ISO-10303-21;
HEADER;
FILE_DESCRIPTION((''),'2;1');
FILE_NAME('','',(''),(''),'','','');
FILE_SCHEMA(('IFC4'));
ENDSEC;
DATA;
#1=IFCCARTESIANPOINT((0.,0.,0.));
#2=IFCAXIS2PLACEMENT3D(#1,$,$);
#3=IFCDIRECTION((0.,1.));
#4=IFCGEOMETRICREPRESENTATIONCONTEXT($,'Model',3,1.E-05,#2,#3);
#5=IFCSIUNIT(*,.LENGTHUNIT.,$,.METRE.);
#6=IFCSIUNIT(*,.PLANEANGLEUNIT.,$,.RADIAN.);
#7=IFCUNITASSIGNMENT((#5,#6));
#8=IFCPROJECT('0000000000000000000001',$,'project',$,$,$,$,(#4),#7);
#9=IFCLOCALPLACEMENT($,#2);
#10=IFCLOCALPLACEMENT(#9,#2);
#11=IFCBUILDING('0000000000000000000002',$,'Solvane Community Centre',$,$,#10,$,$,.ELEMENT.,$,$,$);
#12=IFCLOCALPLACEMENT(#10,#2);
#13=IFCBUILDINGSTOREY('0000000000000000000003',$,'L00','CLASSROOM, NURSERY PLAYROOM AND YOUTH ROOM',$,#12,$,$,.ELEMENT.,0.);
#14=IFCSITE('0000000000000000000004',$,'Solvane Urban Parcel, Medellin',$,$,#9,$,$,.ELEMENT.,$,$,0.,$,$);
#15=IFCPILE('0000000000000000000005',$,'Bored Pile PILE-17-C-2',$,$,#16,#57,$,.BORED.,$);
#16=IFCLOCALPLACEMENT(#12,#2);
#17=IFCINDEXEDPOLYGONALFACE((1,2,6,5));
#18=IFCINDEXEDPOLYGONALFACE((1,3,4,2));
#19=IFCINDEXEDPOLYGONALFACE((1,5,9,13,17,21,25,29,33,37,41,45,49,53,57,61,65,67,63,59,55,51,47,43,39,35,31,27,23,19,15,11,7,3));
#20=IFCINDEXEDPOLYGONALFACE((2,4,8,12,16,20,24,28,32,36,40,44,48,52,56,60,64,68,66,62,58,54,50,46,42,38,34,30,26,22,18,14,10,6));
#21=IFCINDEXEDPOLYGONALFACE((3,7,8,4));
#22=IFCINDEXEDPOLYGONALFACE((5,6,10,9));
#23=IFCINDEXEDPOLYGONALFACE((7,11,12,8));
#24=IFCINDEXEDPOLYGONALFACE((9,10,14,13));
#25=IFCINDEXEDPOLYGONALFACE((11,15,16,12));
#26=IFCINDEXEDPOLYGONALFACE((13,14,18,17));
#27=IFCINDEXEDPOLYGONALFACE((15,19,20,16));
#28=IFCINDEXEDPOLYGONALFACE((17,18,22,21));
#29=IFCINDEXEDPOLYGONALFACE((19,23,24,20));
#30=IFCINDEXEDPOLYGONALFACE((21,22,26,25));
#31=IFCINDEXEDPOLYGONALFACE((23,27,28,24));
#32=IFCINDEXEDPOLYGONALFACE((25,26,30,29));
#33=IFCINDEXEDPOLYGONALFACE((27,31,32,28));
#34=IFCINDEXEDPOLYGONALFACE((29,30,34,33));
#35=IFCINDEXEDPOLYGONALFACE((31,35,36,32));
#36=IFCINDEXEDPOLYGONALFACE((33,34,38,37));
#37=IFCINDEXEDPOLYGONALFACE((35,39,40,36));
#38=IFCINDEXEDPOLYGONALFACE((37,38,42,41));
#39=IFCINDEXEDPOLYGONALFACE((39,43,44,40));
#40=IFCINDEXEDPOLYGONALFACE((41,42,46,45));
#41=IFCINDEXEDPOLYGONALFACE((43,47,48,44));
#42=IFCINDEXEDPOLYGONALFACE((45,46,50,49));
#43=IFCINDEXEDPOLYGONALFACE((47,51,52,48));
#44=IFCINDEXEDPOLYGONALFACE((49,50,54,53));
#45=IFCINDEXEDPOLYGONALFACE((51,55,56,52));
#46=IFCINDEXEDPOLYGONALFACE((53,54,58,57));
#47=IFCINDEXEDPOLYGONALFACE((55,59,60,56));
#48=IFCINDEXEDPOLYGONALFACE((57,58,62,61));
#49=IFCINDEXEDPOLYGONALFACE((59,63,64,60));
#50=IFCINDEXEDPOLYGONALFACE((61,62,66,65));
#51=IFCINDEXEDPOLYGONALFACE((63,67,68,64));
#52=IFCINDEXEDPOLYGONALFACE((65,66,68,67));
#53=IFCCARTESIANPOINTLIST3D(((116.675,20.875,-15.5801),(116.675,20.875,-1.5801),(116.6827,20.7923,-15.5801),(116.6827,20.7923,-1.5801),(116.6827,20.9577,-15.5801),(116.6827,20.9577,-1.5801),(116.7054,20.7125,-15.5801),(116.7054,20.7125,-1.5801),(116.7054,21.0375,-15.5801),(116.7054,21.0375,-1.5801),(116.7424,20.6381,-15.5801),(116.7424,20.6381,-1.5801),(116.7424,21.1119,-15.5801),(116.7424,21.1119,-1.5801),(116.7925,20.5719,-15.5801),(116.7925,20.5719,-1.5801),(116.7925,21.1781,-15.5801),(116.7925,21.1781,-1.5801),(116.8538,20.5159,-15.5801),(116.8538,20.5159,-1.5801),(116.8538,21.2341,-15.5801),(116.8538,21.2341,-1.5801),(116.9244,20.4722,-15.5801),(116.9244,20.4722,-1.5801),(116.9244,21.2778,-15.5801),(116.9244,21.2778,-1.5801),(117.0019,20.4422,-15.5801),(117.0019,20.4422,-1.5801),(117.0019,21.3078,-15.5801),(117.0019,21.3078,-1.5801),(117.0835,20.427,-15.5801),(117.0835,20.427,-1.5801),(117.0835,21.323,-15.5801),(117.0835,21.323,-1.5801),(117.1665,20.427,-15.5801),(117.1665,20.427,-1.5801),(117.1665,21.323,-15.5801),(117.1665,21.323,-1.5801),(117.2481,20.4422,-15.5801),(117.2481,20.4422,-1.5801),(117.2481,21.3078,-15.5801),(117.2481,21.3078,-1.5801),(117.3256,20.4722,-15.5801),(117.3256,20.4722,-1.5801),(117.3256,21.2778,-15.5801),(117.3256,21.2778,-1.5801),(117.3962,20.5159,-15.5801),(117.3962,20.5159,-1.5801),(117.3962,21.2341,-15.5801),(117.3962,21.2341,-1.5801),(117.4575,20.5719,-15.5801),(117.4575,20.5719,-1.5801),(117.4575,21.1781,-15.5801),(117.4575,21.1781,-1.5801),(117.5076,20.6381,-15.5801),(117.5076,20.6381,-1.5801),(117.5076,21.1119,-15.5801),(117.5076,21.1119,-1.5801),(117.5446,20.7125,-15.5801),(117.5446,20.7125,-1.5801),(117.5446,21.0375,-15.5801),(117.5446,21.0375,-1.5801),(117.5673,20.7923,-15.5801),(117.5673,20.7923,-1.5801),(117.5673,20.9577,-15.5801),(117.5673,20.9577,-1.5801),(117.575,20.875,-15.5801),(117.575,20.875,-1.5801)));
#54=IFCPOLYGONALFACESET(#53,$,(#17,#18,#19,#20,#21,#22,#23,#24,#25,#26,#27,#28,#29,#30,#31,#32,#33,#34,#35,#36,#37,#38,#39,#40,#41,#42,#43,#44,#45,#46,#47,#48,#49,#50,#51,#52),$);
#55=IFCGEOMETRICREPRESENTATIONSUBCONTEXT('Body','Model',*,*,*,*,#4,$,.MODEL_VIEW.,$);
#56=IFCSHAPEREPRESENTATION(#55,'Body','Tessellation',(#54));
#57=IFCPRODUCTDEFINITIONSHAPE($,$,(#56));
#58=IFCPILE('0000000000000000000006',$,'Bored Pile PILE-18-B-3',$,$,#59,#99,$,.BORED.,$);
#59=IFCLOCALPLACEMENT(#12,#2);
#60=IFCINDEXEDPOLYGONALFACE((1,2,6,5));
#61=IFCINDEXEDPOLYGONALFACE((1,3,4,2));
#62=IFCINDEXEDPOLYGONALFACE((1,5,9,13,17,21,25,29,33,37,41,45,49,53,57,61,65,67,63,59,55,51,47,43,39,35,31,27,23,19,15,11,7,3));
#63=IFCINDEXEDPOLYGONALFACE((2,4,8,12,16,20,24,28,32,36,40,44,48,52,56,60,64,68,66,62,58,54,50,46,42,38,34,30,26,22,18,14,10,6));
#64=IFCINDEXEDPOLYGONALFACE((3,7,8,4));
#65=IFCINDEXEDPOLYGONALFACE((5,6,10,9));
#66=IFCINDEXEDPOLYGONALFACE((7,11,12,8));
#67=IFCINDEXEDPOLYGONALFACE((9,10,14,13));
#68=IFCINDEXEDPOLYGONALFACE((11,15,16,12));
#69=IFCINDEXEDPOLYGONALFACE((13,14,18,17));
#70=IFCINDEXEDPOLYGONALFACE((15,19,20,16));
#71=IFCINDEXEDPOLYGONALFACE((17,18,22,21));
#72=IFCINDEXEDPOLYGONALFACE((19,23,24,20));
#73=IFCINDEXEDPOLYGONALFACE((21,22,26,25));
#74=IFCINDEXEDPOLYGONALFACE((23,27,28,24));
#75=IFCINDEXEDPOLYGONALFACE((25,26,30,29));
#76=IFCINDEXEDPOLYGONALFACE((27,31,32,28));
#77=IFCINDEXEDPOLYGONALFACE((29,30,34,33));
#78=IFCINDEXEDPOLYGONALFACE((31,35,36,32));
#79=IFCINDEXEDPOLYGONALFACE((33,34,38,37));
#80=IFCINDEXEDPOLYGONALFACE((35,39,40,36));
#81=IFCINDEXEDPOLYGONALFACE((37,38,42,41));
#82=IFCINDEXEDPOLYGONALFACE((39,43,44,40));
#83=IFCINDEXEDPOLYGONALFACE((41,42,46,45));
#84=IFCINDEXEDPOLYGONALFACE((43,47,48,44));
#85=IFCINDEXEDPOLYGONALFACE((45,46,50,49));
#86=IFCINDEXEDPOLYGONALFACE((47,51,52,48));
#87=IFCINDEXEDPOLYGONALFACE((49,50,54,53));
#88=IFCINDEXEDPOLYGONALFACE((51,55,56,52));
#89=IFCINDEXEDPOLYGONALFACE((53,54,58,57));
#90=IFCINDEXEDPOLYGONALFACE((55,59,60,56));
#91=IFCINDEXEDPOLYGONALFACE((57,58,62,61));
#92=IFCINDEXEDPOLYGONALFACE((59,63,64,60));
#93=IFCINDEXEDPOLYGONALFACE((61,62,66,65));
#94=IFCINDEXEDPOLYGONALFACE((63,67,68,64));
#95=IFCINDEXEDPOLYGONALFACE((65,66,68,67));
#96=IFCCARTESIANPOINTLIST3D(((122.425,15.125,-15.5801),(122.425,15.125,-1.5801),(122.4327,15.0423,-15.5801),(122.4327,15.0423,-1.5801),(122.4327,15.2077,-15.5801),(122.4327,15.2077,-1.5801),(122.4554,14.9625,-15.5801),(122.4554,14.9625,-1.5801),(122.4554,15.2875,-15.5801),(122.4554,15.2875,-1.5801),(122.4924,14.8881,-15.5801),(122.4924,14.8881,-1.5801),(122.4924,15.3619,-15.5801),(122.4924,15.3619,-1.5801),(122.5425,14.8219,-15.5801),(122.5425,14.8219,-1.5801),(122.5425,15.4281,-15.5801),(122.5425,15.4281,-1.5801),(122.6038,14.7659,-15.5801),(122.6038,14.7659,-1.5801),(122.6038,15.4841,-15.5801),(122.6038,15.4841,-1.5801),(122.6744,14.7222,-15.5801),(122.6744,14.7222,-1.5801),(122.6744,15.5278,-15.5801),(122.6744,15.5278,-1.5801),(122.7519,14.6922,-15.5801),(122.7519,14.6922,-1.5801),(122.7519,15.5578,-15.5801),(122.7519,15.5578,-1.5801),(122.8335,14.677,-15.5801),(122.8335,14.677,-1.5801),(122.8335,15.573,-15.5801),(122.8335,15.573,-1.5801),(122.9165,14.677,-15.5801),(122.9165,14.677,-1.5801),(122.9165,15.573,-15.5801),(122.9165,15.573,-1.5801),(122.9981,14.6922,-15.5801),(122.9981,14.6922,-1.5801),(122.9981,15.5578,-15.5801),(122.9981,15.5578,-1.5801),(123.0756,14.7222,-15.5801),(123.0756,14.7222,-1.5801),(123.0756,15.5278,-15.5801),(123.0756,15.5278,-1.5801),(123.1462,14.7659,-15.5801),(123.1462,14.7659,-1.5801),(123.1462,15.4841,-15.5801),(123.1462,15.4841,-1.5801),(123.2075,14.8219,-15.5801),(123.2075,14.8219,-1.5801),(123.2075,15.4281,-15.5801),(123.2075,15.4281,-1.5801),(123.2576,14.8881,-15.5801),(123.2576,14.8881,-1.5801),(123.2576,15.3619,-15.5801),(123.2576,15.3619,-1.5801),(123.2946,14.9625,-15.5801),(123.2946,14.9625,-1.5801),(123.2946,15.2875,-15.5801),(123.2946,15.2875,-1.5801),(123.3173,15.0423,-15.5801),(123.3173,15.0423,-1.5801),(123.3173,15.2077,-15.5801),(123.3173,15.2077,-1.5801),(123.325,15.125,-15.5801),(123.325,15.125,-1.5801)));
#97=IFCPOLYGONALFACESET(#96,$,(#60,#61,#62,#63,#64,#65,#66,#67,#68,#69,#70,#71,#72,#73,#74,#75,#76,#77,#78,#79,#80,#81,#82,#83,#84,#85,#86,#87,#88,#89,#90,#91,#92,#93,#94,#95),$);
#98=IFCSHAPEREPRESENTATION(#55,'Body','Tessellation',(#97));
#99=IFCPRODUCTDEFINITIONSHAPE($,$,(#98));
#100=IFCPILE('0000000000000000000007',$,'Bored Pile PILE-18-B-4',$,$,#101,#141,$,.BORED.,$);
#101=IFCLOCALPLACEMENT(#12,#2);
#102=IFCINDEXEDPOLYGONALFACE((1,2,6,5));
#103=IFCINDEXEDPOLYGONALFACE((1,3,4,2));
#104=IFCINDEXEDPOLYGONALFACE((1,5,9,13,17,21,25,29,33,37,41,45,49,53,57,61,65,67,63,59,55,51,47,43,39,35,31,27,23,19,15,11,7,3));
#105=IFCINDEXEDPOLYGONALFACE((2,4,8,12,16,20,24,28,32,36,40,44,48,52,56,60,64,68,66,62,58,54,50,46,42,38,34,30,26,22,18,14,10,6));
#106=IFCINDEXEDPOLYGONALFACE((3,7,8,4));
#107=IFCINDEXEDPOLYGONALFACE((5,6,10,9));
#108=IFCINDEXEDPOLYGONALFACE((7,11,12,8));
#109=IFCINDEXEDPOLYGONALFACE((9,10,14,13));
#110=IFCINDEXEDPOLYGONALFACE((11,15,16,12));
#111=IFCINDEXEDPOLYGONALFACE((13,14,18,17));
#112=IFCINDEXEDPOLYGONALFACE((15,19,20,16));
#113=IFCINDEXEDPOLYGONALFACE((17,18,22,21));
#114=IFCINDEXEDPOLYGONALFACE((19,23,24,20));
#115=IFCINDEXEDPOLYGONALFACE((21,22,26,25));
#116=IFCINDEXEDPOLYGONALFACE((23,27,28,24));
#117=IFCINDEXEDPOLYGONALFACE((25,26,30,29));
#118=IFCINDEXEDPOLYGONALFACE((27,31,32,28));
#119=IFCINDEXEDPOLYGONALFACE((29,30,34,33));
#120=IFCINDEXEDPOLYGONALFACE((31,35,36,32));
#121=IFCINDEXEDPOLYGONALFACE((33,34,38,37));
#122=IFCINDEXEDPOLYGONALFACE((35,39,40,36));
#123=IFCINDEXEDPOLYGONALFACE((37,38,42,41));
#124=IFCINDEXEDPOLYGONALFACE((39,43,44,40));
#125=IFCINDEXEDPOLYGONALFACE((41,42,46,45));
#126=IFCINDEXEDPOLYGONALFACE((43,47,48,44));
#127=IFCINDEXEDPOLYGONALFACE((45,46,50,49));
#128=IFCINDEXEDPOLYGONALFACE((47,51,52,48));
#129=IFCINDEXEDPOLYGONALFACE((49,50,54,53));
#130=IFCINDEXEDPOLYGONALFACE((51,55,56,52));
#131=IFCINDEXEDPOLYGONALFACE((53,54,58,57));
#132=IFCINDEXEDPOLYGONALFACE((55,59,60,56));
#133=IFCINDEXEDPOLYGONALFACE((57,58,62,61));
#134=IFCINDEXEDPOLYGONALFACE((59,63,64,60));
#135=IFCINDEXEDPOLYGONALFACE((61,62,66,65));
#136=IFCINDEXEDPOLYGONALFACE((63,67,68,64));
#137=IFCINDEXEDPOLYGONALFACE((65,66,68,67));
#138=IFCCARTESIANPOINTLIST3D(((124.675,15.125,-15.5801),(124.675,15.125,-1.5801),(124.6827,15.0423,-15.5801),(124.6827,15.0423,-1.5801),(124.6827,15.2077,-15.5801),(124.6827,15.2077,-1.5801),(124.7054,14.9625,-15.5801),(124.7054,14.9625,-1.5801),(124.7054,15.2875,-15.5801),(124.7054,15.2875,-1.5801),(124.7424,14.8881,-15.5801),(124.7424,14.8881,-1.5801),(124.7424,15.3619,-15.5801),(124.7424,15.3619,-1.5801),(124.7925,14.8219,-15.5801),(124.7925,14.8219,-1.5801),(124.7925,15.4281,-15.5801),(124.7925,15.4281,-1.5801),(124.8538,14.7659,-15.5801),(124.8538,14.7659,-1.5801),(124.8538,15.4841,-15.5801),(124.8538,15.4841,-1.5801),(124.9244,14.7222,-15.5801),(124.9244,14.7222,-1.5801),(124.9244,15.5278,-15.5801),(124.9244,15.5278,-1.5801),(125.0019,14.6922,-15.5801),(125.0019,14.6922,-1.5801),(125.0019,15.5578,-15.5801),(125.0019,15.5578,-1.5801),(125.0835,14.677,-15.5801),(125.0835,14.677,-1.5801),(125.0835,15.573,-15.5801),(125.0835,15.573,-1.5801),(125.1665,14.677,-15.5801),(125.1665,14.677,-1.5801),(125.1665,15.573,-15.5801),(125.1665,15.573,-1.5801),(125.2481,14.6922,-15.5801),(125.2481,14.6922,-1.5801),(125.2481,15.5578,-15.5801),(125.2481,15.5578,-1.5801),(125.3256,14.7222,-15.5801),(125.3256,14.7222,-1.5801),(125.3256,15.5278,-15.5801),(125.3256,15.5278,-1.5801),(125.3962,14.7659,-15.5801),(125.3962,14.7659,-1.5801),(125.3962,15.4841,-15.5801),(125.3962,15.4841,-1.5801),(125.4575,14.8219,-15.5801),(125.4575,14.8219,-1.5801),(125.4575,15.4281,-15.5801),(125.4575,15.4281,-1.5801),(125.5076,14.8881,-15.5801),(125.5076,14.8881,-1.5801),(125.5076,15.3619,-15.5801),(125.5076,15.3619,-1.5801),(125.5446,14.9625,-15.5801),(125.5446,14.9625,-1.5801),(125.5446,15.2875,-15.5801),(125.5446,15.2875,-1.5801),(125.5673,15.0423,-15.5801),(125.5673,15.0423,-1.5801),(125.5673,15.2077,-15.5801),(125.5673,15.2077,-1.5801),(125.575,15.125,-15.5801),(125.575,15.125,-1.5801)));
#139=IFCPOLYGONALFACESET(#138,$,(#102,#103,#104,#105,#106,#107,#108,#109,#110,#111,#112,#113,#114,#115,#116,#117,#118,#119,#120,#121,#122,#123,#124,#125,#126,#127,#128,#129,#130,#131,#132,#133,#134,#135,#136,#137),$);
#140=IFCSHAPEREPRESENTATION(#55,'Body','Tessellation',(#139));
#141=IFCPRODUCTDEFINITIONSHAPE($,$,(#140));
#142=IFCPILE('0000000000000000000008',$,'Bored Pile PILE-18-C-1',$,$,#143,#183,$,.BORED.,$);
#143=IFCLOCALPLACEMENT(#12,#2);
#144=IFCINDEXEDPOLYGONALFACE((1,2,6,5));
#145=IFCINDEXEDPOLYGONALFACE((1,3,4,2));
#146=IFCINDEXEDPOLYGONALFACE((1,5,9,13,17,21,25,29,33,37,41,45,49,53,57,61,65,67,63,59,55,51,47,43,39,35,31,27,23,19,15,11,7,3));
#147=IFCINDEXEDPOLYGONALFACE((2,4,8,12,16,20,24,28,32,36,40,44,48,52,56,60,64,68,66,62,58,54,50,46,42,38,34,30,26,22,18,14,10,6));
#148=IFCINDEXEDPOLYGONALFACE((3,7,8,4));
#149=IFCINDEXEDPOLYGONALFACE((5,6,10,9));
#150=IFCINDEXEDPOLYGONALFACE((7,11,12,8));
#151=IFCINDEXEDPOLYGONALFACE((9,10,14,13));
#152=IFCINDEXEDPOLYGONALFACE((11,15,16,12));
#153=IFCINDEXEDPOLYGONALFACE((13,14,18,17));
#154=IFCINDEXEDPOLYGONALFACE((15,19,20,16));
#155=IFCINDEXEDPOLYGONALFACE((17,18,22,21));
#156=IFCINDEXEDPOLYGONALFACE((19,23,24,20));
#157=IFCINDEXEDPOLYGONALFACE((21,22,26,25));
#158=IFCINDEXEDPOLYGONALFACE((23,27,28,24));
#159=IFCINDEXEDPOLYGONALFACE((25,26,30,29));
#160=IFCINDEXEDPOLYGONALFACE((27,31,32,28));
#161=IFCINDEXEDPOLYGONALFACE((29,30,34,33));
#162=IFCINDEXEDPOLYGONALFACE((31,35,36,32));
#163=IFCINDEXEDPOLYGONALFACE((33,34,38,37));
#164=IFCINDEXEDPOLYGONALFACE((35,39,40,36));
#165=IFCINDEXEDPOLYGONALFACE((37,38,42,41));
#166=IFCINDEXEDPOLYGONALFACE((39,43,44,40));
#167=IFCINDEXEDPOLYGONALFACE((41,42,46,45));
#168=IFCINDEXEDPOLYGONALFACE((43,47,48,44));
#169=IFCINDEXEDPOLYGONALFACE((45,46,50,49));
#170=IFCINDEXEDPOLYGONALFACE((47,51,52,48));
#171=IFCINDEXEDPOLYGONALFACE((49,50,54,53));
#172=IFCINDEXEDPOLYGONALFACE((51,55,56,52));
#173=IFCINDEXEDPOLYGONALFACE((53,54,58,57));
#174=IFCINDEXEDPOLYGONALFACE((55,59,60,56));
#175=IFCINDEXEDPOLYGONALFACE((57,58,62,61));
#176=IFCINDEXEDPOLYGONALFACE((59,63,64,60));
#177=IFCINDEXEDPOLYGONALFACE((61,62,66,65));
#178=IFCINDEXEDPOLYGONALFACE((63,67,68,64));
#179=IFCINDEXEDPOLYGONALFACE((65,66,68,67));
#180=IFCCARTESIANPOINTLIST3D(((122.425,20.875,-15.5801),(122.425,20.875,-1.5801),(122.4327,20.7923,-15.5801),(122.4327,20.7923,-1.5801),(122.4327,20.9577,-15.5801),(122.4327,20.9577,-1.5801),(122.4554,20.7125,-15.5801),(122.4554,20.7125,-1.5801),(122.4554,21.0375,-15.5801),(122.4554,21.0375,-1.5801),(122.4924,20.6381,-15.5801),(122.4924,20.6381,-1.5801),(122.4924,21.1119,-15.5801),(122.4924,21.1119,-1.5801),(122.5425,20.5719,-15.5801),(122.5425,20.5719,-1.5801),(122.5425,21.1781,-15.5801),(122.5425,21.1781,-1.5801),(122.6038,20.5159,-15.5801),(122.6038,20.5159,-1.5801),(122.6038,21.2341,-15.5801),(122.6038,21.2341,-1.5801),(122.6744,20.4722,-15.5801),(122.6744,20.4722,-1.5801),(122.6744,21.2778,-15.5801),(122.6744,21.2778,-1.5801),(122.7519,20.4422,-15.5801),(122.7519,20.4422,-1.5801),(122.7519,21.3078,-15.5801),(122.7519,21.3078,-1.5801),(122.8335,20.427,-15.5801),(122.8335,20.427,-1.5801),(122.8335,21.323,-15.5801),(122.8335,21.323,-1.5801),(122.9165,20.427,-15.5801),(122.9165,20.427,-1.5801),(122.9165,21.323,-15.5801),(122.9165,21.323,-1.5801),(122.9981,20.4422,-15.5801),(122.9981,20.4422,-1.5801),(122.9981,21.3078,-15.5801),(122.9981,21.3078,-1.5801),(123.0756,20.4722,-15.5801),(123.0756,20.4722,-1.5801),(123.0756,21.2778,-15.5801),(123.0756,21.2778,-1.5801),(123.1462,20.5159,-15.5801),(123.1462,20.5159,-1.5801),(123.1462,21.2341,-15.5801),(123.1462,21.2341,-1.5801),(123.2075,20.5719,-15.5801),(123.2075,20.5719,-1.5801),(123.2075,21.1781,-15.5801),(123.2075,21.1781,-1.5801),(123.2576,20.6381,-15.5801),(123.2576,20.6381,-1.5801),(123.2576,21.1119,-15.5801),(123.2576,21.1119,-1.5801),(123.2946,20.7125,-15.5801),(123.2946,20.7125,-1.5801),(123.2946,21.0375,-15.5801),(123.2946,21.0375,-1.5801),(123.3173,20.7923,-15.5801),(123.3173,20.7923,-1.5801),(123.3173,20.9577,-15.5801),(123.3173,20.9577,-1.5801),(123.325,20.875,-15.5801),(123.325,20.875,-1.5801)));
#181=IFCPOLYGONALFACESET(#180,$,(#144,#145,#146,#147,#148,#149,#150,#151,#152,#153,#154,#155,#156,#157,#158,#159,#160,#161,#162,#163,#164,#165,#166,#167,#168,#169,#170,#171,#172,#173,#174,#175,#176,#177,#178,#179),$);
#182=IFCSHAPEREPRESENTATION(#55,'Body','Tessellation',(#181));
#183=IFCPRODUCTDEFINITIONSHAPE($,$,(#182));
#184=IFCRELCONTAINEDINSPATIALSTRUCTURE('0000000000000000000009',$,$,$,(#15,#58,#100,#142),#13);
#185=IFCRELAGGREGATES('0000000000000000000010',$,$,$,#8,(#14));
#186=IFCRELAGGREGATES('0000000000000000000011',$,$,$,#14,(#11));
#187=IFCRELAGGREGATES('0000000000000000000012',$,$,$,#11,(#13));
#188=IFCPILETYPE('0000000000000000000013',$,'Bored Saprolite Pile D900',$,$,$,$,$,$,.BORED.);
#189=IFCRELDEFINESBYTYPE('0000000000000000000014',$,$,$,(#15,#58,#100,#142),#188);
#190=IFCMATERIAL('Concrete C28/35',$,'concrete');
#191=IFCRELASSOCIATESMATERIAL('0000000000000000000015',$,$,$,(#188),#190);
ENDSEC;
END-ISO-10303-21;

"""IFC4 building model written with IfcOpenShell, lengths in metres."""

from ifc_helpers import new_model, si_unit, direction, frame, origin, origin_2d, place, context, subcontext, project, spatial, circle, extrude, material, material_profile, profile_set, type_object, element, save


model = new_model("IFC4")

# Units and contexts
model_context = context("Model", 3, precision=1e-05, world=origin(), true_north=direction((0.0, 1.0)))
body_context = subcontext(model_context, "Body", "Model", "MODEL_VIEW")
ifc_project = project(units=[si_unit("LENGTHUNIT", "METRE"), si_unit("PLANEANGLEUNIT", "RADIAN")], contexts=[model_context])

# Site, building, storey
site_placement = place(None, origin())
site = spatial("IfcSite", under=ifc_project, at=site_placement, Name="Solvane Urban Parcel, Medellin", CompositionType="ELEMENT", RefElevation=0.0)
building_placement = place(site_placement, origin())
building = spatial("IfcBuilding", under=site, at=building_placement, Name="Solvane Community Centre", CompositionType="ELEMENT")
storey_placement = place(building_placement, origin())
storey = spatial("IfcBuildingStorey", under=building, at=storey_placement, Name="L00", Description="CLASSROOM, NURSERY PLAYROOM AND YOUTH ROOM", CompositionType="ELEMENT", Elevation=0.0)

# Piles
ifc_material_1 = material(Name="Concrete C28/35", Category="concrete")
ifc_material_profile_1 = material_profile(ifc_material_1, circle(Radius=0.45, at=origin_2d()), Name="PILE D900")
ifc_profile_set_1 = profile_set([ifc_material_profile_1], Name="Concrete C28/35")
pile_type = type_object("IfcPileType", Name="Bored Saprolite Pile D900", PredefinedType="BORED", material=ifc_profile_set_1)
for number, where, z_axis, x_axis, name in (
    (1, (117.125, 20.875, -1.5801), (0.0, 0.0, -1.0), (1.0, 0.0, 0.0), "Bored Pile PILE-17-C-2"),
    (2, (122.875, 15.125, -1.5801), (0.0, 0.0, -1.0), (1.0, 0.0, 0.0), "Bored Pile PILE-18-B-3"),
    (3, (125.125, 15.125, -1.5801), (0.0, 0.0, -1.0), (1.0, 0.0, 0.0), "Bored Pile PILE-18-B-4"),
    (4, (122.875, 20.875, -1.5801), (0.0, 0.0, -1.0), (1.0, 0.0, 0.0), "Bored Pile PILE-18-C-1"),
):
    element("IfcPile", number, at=place(storey_placement, frame(where, z_axis=z_axis, x_axis=x_axis)), inside=storey, type_object=pile_type, Name=name, PredefinedType="BORED", context=body_context, shape_type="SweptSolid", body=[
        extrude(circle(Radius=0.45, at=origin_2d()), origin(), (0.0, 0.0, 1.0), 14.0),
    ])

save(model, "model.ifc")
